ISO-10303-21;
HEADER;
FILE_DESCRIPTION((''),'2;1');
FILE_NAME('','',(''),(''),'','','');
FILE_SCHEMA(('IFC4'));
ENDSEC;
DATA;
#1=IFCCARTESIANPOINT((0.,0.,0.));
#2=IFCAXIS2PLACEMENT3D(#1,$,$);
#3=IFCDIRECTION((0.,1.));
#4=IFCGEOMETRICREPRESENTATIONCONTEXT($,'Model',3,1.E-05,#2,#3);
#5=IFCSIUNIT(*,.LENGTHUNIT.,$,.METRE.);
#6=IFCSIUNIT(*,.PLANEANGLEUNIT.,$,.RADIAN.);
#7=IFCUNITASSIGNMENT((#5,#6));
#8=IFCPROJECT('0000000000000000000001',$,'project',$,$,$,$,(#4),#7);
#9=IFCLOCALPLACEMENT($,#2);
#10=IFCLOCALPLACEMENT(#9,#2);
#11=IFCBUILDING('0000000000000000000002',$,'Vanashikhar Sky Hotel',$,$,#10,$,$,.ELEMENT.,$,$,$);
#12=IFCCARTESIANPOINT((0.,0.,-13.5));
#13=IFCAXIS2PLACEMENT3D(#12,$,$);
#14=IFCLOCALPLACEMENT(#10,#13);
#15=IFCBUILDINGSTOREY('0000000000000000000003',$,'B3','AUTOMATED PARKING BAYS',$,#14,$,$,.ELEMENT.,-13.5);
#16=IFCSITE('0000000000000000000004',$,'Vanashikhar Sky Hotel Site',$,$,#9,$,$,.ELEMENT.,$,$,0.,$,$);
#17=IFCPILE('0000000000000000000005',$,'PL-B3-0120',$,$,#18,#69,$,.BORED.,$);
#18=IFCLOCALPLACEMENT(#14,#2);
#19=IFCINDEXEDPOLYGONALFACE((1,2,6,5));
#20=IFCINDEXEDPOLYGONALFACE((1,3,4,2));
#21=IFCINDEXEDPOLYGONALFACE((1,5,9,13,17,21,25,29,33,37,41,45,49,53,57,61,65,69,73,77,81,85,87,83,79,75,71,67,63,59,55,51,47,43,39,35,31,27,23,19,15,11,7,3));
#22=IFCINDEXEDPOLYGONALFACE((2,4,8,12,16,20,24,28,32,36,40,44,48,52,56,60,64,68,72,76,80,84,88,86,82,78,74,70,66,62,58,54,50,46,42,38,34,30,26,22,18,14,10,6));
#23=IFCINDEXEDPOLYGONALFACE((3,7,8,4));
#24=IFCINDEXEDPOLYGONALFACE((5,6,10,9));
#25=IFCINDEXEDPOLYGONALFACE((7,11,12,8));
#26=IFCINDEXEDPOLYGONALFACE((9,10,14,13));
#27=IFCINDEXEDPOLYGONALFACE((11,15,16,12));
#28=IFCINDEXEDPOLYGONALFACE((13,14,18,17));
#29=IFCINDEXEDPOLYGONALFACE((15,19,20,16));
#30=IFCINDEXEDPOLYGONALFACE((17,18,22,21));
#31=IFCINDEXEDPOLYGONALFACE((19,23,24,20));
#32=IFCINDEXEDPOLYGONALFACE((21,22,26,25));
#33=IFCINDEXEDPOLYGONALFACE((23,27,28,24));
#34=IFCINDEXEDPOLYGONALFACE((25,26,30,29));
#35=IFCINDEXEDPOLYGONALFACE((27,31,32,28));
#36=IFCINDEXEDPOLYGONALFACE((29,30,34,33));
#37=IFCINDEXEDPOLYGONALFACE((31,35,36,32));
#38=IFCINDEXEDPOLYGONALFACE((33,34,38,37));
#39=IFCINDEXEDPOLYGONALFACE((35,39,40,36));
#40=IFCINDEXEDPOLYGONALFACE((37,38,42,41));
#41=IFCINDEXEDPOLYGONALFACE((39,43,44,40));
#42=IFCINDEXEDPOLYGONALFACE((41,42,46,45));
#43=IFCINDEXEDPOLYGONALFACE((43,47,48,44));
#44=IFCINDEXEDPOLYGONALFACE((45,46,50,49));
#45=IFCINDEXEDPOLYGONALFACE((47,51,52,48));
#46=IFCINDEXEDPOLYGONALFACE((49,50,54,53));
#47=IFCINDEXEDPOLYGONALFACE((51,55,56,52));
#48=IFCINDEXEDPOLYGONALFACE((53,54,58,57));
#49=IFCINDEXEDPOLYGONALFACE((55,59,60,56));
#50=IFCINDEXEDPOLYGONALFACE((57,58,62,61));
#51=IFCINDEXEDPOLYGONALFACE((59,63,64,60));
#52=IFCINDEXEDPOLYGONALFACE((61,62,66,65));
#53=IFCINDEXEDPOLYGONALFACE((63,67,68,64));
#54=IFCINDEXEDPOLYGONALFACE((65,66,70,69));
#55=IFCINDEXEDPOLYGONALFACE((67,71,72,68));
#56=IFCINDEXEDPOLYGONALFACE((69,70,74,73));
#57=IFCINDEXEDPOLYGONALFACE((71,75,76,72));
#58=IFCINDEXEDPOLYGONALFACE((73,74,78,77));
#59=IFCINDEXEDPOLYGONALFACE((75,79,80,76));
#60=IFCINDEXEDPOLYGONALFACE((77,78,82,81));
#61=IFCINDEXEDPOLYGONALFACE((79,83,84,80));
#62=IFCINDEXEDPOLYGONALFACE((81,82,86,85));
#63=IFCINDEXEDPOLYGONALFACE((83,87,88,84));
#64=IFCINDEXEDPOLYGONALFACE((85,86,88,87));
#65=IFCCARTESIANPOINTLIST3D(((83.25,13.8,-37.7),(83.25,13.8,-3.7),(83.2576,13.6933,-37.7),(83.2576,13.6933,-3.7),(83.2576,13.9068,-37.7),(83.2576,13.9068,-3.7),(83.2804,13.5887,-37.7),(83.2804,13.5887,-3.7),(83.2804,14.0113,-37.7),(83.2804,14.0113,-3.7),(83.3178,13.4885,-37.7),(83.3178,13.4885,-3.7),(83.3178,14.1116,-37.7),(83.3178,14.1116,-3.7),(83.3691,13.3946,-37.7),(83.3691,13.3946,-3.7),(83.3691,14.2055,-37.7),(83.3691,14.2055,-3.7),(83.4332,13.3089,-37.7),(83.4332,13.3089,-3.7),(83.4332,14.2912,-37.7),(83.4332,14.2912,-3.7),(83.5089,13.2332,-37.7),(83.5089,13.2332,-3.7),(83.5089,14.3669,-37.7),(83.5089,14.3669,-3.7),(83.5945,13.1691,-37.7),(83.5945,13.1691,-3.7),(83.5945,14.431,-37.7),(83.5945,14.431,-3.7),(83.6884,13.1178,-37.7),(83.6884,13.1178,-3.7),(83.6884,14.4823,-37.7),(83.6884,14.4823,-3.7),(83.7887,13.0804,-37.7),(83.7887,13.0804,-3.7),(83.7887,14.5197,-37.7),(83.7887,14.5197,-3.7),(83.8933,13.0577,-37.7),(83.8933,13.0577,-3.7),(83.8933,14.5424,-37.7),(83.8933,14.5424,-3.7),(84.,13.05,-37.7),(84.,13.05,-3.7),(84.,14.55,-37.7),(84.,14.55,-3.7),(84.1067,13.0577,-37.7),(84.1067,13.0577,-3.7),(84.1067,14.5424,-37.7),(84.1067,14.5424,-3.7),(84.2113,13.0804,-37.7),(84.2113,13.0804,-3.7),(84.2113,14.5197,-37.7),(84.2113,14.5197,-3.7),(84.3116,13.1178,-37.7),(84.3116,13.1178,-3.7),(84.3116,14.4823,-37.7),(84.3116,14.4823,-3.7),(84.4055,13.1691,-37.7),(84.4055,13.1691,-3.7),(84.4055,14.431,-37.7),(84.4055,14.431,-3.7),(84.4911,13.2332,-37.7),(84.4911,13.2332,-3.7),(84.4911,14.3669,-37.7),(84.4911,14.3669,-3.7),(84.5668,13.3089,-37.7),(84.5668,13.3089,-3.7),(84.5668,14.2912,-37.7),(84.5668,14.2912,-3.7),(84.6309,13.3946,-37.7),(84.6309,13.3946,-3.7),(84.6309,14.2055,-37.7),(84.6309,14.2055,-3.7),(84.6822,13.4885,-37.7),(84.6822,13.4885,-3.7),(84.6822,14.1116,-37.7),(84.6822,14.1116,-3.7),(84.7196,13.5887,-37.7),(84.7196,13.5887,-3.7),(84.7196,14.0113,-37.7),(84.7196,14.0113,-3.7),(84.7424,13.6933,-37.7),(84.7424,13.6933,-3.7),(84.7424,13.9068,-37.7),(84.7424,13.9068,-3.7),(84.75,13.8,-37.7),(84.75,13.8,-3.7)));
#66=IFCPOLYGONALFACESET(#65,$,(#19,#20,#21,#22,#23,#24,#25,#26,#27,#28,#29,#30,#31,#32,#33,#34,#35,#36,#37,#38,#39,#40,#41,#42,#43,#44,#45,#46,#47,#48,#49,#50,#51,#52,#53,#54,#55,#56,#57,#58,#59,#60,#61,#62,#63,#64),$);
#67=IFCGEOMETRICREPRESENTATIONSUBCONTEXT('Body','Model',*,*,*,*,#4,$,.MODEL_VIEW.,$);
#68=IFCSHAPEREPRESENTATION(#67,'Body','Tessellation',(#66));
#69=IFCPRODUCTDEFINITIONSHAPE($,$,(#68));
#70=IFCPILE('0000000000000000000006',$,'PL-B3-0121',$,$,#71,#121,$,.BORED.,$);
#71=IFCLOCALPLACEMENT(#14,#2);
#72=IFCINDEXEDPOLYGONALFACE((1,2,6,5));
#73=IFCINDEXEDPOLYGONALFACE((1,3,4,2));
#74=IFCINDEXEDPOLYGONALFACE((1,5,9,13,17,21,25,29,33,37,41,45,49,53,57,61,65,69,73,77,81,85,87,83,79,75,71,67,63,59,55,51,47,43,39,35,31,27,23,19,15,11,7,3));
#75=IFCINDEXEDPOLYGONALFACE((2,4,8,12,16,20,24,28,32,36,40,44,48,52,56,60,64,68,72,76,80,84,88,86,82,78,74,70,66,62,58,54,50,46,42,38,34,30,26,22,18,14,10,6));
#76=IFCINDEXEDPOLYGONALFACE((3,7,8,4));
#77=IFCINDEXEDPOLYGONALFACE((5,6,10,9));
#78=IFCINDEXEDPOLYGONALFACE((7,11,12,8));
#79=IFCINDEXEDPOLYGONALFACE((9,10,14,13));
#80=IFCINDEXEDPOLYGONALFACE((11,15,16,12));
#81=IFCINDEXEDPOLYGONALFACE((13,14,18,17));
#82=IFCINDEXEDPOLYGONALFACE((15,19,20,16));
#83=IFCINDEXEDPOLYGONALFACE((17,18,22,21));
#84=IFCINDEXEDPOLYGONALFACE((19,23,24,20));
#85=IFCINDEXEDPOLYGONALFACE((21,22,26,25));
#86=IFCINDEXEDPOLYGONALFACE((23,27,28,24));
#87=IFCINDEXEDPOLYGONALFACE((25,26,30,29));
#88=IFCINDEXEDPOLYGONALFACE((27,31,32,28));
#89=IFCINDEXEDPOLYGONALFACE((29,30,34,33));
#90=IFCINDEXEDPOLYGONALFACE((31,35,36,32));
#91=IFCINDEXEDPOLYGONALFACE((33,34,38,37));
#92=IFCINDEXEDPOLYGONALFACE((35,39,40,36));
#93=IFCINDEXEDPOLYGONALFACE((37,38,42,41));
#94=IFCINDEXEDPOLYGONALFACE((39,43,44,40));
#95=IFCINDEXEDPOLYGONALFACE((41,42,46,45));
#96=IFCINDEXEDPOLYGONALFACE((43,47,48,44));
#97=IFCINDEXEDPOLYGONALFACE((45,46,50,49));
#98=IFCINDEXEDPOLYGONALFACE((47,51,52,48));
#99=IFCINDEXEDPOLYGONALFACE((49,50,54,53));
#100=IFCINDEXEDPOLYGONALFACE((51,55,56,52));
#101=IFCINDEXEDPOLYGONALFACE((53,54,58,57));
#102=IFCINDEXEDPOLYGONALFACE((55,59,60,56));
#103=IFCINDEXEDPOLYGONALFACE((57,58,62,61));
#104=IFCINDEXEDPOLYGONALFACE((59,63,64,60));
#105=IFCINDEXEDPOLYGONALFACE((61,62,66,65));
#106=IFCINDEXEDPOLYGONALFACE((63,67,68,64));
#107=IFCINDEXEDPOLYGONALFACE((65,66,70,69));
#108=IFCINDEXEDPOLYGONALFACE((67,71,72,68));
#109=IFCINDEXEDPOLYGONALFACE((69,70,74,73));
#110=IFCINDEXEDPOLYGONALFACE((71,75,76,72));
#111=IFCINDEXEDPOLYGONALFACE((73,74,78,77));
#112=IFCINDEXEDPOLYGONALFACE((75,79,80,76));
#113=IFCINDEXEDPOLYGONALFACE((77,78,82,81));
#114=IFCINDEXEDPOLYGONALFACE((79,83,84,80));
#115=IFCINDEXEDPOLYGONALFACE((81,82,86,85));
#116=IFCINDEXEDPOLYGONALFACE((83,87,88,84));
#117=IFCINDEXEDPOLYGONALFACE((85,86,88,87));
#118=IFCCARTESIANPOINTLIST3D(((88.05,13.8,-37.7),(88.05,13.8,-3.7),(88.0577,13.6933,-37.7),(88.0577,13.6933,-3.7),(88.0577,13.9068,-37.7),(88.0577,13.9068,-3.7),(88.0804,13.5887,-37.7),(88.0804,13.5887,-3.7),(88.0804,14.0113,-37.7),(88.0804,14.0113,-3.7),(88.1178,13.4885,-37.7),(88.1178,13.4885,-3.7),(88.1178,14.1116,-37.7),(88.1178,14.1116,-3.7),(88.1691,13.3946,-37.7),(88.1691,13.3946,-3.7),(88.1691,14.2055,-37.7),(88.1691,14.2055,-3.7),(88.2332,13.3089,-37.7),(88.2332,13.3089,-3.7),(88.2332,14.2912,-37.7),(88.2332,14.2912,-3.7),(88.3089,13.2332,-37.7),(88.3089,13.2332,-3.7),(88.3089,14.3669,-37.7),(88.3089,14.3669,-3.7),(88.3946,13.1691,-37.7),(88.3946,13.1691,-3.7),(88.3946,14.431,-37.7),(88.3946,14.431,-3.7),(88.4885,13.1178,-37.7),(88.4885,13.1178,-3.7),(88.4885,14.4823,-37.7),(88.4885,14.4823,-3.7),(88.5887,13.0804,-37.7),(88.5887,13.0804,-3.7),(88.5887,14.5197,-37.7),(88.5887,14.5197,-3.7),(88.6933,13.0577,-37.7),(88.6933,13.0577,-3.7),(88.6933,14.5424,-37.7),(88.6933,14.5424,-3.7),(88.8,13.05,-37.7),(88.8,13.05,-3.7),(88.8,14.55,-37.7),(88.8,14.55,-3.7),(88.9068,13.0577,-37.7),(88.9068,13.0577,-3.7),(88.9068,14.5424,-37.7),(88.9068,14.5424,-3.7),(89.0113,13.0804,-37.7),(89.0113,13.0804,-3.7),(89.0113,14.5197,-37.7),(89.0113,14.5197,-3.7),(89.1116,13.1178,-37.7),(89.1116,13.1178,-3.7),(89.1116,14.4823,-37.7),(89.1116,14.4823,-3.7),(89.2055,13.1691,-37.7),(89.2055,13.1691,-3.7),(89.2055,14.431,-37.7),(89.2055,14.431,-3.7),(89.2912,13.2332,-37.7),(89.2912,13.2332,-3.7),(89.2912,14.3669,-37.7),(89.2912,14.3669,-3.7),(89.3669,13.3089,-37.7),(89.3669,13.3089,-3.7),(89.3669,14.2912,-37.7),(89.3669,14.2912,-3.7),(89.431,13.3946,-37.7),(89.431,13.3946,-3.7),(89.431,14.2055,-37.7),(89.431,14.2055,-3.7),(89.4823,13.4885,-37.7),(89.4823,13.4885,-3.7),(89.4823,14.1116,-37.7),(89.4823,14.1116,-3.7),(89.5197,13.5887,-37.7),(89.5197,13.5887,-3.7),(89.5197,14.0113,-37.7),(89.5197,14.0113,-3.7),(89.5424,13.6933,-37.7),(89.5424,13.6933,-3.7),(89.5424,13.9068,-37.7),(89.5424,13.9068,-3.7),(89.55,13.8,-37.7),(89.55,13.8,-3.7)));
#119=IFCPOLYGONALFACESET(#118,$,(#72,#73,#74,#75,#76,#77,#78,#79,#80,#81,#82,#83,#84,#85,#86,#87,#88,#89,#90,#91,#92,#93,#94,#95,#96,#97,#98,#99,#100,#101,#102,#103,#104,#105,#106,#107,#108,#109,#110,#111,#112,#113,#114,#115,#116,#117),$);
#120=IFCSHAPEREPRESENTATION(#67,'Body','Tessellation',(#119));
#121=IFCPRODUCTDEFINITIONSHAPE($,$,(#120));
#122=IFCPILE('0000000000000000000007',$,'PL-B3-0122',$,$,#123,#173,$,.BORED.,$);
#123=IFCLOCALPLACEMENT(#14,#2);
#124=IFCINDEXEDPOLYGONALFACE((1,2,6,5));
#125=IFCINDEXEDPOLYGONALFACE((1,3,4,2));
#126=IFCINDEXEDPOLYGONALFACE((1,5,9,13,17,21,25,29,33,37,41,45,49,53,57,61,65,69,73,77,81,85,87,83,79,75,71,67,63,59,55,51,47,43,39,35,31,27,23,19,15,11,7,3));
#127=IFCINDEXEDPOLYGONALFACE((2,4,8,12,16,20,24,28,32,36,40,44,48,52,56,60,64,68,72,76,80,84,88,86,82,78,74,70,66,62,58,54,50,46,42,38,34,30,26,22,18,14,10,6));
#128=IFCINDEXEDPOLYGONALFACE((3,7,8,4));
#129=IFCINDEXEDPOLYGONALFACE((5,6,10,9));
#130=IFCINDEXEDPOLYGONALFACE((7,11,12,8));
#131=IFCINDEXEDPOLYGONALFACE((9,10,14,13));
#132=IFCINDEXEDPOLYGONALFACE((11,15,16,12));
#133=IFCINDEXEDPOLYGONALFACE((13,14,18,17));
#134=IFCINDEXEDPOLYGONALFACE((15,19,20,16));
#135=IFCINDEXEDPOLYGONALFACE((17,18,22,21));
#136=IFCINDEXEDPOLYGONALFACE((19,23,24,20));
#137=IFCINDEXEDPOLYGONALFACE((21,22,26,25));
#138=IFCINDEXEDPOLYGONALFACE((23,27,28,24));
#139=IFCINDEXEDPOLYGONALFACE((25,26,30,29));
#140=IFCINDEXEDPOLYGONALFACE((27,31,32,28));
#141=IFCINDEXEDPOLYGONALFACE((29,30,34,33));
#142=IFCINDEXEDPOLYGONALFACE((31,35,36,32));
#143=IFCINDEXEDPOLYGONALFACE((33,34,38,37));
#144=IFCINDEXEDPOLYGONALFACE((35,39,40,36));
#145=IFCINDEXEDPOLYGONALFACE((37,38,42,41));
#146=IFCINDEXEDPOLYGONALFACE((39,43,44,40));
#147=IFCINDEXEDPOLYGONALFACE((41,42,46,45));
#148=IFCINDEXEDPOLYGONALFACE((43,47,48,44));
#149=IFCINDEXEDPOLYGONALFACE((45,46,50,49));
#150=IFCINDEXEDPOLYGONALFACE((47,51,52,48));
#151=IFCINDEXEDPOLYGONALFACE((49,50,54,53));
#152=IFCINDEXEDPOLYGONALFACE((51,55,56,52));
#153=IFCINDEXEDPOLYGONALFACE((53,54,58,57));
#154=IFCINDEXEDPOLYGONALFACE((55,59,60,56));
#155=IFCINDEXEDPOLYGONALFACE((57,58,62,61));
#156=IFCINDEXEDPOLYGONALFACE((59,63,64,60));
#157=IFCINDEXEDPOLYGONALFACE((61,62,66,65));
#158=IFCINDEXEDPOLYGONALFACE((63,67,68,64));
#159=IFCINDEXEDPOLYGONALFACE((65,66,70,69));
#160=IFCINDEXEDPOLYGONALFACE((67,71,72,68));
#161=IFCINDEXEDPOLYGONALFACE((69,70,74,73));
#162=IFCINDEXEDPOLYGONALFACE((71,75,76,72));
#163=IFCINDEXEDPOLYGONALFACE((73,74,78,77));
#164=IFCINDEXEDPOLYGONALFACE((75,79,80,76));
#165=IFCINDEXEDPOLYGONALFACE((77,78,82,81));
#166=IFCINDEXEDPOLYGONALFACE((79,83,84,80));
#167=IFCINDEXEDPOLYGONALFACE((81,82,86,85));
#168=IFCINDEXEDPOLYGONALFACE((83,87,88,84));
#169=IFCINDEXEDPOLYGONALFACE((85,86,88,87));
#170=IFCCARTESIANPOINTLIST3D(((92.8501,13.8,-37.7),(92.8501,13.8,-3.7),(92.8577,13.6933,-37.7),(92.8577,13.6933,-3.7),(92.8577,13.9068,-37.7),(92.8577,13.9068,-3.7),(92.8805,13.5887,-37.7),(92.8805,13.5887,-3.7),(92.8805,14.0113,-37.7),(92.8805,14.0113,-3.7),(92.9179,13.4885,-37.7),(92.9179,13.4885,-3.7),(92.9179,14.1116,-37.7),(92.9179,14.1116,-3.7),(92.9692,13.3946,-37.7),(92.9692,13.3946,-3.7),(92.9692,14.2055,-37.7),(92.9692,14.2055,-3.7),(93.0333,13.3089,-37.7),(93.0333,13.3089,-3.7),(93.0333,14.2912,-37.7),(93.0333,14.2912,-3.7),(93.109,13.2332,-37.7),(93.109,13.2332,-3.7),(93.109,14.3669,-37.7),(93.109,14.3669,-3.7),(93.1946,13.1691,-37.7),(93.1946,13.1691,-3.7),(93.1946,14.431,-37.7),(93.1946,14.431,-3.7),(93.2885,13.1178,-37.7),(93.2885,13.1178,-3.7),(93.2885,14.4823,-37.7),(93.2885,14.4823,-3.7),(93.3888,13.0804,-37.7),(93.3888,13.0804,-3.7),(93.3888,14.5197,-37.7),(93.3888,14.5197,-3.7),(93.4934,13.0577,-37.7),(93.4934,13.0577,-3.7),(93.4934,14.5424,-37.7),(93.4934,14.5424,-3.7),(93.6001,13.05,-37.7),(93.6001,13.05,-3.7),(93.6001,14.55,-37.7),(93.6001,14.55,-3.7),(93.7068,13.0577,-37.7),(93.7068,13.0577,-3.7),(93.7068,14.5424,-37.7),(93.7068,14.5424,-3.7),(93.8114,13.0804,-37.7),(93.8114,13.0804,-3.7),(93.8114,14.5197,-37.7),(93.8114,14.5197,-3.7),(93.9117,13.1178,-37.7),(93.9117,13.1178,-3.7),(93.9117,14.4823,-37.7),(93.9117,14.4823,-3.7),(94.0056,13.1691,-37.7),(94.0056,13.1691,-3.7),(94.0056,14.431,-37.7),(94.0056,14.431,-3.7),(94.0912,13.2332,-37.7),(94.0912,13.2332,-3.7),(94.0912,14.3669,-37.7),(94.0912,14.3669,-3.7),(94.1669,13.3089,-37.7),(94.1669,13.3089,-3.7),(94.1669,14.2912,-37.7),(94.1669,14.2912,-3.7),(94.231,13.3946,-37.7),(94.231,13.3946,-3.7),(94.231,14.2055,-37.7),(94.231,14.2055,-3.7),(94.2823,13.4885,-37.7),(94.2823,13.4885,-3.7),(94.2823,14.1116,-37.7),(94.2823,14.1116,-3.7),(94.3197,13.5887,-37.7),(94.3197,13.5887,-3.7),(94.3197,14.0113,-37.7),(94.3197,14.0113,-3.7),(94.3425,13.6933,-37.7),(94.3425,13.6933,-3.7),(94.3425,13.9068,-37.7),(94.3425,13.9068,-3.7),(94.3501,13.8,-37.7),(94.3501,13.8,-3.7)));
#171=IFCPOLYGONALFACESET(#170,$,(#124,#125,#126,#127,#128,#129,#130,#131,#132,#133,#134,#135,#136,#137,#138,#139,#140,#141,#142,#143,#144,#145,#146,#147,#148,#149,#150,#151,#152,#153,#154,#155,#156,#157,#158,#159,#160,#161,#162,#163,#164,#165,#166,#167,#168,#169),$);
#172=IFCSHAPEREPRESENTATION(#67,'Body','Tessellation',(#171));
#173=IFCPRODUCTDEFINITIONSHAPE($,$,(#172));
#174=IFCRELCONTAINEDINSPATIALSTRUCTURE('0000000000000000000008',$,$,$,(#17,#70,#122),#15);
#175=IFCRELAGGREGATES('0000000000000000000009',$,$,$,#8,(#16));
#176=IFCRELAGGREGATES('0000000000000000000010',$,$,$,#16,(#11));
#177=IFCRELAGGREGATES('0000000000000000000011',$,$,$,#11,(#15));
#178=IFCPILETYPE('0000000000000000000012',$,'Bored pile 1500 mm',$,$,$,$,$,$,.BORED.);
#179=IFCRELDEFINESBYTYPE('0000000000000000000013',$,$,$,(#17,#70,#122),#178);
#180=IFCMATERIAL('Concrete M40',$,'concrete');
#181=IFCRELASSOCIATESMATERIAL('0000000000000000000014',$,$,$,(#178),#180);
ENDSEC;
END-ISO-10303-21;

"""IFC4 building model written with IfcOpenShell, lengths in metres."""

from ifc_helpers import new_model, si_unit, direction, frame, origin, origin_2d, place, context, subcontext, project, spatial, circle, extrude, source, transform, mapped, material, type_object, element, save


model = new_model("IFC4")

# Units and contexts
model_context = context("Model", 3, precision=1e-05, world=origin(), true_north=direction((0.0, 1.0)))
body_context = subcontext(model_context, "Body", "Model", "MODEL_VIEW")
ifc_project = project(units=[si_unit("LENGTHUNIT", "METRE"), si_unit("PLANEANGLEUNIT", "RADIAN")], contexts=[model_context])

# Site, building, storey
site_placement = place(None, origin())
site = spatial("IfcSite", under=ifc_project, at=site_placement, Name="Vanashikhar Sky Hotel Site", CompositionType="ELEMENT", RefElevation=0.0)
building_placement = place(site_placement, origin())
building = spatial("IfcBuilding", under=site, at=building_placement, Name="Vanashikhar Sky Hotel", CompositionType="ELEMENT")
storey_placement = place(building_placement, frame((0.0, 0.0, -13.5)))
storey = spatial("IfcBuildingStorey", under=building, at=storey_placement, Name="B3", Description="AUTOMATED PARKING BAYS", CompositionType="ELEMENT", Elevation=-13.5)

# Piles
ifc_material_1 = material(Name="Concrete M40", Category="concrete")
pile_type = type_object("IfcPileType", Name="Bored pile 1500 mm", PredefinedType="BORED", material=ifc_material_1)
shared_shape_1 = source(origin(), body_context, "Body", "SweptSolid", [
    extrude(circle(Radius=0.75, at=origin_2d()), origin(), (0.0, 0.0, 1.0), 34.0),
])
for number, where, z_axis, x_axis, name in (
    (1, (84.0, 13.8, -3.7), (0.0, 0.0, -1.0), (1.0, 0.0, 0.0), "PL-B3-0120"),
    (2, (88.8, 13.8, -3.7), (0.0, 0.0, -1.0), (1.0, 0.0, 0.0), "PL-B3-0121"),
    (3, (93.6001, 13.8, -3.7), (0.0, 0.0, -1.0), (1.0, 0.0, 0.0), "PL-B3-0122"),
):
    element("IfcPile", number, at=place(storey_placement, frame(where, z_axis=z_axis, x_axis=x_axis)), inside=storey, type_object=pile_type, Name=name, PredefinedType="BORED", context=body_context, shape_type="MappedRepresentation", body=[
        mapped(shared_shape_1, transform((0.0, 0.0, 0.0), scale=1.0)),
    ])

save(model, "model.ifc")
